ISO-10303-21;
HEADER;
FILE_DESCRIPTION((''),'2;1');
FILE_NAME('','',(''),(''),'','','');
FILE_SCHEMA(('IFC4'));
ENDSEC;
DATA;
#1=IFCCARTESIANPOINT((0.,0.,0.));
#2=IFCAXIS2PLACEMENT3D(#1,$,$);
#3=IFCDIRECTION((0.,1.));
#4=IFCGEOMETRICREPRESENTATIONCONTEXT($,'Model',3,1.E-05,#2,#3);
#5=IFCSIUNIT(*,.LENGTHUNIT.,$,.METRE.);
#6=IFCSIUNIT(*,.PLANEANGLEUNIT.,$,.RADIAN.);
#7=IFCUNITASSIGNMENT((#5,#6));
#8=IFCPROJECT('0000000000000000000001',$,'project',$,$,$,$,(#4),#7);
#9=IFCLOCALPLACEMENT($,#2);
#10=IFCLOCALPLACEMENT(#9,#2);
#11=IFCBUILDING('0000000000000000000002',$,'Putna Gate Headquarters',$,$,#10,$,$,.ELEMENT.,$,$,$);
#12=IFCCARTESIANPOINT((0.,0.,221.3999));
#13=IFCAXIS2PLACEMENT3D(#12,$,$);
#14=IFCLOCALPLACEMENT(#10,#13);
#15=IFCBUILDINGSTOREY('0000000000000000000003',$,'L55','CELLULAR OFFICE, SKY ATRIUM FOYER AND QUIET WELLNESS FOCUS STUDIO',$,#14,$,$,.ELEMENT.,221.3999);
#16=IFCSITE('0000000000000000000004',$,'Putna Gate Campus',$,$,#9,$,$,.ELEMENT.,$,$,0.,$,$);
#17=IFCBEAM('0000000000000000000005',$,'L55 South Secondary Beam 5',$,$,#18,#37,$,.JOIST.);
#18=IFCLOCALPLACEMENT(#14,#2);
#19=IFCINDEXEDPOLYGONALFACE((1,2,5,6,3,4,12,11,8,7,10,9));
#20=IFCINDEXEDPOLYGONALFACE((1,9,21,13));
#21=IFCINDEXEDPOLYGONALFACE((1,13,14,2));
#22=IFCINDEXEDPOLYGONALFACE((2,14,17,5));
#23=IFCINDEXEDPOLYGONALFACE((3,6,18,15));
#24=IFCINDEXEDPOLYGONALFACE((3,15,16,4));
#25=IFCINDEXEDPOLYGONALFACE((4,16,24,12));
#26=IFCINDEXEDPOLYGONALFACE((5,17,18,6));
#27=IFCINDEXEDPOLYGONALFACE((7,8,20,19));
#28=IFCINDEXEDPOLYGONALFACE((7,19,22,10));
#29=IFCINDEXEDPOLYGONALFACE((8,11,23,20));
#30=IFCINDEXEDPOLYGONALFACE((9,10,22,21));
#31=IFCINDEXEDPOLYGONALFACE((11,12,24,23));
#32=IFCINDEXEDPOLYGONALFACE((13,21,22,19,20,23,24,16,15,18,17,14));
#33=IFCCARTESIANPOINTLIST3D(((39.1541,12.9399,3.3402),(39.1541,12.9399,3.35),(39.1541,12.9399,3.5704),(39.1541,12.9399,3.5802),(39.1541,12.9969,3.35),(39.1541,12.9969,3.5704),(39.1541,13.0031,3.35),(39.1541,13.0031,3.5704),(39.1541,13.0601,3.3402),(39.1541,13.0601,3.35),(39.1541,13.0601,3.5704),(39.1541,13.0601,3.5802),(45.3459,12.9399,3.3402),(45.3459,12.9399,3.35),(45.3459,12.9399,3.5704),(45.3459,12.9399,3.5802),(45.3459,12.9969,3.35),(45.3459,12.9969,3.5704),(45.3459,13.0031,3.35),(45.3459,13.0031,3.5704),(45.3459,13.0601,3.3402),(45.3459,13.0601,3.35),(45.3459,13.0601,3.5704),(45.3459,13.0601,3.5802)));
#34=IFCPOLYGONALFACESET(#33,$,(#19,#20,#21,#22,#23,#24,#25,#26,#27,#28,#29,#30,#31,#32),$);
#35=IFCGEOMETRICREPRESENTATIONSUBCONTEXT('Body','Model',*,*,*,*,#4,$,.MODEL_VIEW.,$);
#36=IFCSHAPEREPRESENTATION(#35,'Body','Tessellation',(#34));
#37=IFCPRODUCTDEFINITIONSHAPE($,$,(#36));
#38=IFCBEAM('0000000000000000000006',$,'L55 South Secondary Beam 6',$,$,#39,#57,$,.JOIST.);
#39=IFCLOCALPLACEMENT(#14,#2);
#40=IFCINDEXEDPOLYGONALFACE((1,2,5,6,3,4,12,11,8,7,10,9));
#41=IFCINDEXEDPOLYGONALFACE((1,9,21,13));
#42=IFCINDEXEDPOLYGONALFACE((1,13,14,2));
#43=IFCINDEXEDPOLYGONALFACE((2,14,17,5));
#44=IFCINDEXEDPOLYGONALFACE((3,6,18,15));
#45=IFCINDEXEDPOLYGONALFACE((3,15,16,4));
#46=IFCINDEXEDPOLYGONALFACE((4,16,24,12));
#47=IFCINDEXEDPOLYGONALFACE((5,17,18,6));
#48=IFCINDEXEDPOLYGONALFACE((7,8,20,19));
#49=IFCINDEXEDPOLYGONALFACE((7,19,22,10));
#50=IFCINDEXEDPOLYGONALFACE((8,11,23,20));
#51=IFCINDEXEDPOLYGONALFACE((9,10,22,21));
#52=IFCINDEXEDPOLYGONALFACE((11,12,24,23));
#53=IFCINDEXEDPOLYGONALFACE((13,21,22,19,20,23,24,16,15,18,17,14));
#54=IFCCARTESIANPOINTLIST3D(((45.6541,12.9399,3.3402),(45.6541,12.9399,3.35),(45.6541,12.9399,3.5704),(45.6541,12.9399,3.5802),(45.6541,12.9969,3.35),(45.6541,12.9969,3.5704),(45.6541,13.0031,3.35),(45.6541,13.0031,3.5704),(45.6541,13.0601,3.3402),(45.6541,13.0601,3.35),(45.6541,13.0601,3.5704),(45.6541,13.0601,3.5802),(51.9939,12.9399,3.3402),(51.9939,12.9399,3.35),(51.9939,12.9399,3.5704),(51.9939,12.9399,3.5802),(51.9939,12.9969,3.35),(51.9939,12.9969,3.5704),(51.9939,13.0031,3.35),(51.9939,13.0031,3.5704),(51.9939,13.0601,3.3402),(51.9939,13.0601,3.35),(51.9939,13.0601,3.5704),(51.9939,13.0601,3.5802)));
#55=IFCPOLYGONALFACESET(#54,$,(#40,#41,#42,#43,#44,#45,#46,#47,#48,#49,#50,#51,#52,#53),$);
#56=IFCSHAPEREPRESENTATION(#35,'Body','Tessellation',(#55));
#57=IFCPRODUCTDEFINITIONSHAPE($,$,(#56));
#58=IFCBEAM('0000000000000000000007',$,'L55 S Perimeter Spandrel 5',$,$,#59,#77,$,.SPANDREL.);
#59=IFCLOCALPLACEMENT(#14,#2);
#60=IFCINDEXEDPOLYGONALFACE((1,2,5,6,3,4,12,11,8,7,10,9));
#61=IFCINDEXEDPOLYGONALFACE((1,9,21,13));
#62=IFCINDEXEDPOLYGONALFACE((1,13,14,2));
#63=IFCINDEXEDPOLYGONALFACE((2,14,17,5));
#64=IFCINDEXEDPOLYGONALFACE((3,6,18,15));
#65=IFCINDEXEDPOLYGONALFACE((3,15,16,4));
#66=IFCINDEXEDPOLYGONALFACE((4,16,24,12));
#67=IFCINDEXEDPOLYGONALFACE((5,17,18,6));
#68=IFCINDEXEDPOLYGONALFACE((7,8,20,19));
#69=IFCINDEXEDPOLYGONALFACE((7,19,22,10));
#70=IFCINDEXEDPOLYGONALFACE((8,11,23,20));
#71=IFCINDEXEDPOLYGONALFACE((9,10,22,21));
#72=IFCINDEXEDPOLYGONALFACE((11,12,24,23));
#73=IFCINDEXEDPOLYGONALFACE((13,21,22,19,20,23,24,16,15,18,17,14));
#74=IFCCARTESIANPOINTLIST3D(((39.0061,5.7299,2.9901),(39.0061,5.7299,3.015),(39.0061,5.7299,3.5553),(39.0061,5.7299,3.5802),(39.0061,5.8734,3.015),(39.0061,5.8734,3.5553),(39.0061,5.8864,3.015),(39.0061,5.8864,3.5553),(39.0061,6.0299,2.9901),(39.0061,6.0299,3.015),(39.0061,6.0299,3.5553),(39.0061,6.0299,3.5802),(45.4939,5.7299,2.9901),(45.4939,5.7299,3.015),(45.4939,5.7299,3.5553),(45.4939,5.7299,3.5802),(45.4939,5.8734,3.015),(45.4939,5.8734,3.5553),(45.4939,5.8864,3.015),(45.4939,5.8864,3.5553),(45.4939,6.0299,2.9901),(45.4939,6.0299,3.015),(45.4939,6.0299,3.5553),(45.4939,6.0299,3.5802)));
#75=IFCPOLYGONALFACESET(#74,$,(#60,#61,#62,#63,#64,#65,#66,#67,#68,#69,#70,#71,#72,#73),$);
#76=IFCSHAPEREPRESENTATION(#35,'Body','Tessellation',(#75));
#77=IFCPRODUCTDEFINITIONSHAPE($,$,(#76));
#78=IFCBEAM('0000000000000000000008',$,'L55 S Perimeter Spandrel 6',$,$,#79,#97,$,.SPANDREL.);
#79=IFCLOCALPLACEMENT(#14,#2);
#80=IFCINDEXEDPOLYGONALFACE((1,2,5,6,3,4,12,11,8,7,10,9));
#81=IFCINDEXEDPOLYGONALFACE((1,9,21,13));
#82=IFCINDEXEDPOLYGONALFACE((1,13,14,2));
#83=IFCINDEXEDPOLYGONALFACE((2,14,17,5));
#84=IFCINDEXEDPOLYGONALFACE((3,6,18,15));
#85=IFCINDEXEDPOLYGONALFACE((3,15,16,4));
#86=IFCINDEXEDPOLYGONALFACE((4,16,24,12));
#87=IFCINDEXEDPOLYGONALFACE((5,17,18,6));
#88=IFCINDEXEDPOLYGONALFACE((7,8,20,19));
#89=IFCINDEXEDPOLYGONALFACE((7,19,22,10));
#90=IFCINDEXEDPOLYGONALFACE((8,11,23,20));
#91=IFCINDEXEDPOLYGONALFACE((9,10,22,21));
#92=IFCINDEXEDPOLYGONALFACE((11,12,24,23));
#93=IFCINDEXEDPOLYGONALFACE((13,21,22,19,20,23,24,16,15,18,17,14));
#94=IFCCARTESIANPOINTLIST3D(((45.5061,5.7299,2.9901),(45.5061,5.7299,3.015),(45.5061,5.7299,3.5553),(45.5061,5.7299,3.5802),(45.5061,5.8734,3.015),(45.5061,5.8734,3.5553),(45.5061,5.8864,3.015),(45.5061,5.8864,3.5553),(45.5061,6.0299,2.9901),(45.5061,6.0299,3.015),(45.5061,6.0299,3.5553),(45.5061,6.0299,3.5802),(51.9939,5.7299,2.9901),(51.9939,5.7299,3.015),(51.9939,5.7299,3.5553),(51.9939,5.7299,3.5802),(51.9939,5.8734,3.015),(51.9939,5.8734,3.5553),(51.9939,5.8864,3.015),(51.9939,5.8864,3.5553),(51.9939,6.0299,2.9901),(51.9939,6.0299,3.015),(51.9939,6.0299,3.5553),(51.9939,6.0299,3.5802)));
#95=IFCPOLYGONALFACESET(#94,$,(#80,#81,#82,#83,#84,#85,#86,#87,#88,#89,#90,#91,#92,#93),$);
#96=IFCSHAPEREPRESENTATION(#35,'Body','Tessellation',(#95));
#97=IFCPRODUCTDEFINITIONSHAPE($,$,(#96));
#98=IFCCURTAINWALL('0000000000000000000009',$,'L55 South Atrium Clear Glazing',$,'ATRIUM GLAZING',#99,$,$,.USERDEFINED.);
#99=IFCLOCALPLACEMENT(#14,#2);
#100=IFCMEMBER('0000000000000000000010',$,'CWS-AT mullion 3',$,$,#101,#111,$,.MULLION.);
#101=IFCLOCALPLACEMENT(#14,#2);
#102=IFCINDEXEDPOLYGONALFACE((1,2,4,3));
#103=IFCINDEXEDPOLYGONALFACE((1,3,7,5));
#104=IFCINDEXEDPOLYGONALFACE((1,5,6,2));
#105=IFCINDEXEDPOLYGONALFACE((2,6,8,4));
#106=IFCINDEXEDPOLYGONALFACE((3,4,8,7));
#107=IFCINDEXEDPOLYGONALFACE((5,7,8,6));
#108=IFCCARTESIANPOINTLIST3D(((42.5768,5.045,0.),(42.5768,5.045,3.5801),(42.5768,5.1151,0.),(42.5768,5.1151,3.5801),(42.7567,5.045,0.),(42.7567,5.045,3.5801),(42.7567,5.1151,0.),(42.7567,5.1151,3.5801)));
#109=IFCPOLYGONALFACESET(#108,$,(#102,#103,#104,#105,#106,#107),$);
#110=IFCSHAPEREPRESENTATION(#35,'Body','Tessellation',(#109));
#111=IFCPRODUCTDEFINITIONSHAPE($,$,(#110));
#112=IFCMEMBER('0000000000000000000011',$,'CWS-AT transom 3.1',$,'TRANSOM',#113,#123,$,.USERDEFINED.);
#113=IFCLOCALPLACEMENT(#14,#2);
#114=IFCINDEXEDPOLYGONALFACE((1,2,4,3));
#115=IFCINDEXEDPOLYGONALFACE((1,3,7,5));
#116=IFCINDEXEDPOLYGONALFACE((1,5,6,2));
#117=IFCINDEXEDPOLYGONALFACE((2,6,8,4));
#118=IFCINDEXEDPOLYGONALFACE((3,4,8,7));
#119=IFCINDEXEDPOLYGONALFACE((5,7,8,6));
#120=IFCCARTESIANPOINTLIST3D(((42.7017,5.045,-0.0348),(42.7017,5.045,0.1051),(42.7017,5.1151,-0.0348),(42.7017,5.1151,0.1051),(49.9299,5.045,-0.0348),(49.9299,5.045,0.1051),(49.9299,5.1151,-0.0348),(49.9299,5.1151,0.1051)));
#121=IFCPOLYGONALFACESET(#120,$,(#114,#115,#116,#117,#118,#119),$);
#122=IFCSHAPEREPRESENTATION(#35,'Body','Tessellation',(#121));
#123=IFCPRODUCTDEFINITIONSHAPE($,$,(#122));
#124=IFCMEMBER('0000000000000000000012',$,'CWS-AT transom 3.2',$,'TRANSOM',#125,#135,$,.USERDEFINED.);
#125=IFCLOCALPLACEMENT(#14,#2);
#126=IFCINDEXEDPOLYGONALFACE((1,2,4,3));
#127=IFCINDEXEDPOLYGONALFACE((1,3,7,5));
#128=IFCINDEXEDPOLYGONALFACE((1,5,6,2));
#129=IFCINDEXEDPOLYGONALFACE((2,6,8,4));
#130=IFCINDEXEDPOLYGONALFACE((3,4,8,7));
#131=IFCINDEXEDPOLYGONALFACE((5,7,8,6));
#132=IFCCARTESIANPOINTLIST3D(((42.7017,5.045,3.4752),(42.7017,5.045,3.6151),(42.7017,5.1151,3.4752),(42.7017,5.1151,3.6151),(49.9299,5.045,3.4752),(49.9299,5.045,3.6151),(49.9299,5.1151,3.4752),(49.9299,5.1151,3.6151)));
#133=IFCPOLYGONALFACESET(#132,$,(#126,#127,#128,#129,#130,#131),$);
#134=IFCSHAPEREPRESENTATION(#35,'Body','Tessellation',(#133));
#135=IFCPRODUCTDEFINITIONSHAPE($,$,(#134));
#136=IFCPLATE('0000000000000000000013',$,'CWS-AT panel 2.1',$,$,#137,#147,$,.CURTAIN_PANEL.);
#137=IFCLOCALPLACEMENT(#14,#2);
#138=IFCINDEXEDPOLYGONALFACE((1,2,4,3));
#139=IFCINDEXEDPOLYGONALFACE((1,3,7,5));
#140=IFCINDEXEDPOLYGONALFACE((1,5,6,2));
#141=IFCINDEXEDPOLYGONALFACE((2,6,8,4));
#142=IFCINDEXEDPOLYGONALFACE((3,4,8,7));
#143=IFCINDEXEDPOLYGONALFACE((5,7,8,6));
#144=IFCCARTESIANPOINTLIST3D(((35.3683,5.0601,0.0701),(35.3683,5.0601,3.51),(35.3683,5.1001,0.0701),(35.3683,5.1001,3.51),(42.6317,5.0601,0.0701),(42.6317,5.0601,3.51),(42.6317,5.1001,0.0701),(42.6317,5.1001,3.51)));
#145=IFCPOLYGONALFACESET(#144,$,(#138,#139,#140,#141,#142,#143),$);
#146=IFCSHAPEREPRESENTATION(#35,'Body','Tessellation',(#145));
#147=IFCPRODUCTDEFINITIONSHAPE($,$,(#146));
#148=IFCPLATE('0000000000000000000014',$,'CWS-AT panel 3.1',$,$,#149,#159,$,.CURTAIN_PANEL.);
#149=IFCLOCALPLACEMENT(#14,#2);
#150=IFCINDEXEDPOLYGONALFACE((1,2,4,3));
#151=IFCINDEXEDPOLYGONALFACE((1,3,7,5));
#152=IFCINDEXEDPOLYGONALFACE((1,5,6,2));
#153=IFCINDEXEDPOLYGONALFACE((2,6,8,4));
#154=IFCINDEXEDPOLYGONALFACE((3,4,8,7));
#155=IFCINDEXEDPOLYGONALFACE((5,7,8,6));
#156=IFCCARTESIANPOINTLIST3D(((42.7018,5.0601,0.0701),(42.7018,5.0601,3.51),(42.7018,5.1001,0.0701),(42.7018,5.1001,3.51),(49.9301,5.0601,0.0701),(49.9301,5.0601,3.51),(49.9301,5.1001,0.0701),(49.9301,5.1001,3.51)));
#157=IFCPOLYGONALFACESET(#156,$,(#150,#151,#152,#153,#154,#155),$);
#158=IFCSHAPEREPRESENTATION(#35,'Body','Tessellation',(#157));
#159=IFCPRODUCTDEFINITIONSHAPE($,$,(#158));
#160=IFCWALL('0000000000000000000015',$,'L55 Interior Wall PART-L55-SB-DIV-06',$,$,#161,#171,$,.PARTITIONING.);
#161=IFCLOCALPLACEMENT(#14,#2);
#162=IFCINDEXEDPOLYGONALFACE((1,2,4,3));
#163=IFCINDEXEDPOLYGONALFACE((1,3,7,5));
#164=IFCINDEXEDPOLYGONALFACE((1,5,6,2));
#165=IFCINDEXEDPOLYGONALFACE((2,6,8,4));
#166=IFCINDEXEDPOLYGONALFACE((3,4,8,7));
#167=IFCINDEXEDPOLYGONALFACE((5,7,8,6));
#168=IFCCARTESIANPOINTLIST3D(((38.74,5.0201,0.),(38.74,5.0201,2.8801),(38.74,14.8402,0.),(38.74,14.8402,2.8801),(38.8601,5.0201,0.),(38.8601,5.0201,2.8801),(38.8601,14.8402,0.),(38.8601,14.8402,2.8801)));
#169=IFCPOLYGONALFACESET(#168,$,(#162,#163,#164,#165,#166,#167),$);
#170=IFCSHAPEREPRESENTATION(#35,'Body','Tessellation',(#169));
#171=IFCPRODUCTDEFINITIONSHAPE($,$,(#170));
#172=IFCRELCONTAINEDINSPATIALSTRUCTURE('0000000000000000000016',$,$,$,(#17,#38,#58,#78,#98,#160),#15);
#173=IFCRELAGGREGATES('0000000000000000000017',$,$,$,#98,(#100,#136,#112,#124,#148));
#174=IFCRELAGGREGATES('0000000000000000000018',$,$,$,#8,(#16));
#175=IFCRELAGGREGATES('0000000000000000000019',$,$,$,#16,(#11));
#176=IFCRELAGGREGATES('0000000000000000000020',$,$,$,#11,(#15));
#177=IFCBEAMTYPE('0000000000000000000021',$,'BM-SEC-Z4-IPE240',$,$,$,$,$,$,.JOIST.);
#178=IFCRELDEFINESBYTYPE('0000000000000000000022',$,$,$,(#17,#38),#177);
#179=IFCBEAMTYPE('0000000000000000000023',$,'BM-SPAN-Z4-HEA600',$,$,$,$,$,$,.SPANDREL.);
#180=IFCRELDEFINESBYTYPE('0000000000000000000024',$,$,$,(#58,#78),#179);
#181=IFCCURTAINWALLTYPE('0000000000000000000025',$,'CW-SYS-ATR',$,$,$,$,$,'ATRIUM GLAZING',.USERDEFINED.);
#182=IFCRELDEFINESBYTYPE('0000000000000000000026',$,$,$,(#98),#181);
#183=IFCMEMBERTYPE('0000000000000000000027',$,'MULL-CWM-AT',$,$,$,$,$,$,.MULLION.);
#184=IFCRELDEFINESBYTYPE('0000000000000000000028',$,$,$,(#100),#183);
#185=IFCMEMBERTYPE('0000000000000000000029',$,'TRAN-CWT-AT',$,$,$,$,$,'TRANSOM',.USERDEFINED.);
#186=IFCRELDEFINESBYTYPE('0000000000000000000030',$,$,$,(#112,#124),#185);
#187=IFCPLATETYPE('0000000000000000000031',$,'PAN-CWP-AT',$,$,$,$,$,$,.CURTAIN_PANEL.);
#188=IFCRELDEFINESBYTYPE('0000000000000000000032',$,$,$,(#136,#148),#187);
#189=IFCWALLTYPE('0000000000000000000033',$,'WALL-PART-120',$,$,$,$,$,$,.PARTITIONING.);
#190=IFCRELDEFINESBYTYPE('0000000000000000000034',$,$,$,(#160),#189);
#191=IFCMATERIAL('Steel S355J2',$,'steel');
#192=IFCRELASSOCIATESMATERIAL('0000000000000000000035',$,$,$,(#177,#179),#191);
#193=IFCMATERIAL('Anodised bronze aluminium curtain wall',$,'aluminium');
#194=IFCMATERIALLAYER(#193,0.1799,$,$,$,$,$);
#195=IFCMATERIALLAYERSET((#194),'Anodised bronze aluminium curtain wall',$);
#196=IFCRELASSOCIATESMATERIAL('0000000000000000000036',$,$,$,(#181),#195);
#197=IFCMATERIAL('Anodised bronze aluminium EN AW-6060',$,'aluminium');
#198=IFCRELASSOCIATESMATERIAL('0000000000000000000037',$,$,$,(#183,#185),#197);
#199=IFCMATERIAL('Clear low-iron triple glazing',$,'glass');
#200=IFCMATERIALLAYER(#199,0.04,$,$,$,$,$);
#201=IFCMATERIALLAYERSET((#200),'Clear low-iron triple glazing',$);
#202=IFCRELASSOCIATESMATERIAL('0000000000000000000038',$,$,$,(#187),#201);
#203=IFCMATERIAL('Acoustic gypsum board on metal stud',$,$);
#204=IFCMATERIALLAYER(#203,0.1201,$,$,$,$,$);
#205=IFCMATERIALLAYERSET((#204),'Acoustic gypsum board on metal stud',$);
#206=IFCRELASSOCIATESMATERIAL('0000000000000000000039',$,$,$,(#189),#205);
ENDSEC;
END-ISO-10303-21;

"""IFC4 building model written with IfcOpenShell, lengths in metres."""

from ifc_helpers import new_model, si_unit, direction, frame, frame_2d, origin, origin_2d, place, context, subcontext, project, spatial, rectangle, i_section, extrude, material, layer, layer_set, material_profile, profile_set, type_object, element, aggregate, save


model = new_model("IFC4")

# Units and contexts
model_context = context("Model", 3, precision=1e-05, world=origin(), true_north=direction((0.0, 1.0)))
body_context = subcontext(model_context, "Body", "Model", "MODEL_VIEW")
ifc_project = project(units=[si_unit("LENGTHUNIT", "METRE"), si_unit("PLANEANGLEUNIT", "RADIAN")], contexts=[model_context])

# Site, building, storey
site_placement = place(None, origin())
site = spatial("IfcSite", under=ifc_project, at=site_placement, Name="Putna Gate Campus", CompositionType="ELEMENT", RefElevation=0.0)
building_placement = place(site_placement, origin())
building = spatial("IfcBuilding", under=site, at=building_placement, Name="Putna Gate Headquarters", CompositionType="ELEMENT")
storey_placement = place(building_placement, frame((0.0, 0.0, 221.3999)))
storey = spatial("IfcBuildingStorey", under=building, at=storey_placement, Name="L55", Description="CELLULAR OFFICE, SKY ATRIUM FOYER AND QUIET WELLNESS FOCUS STUDIO", CompositionType="ELEMENT", Elevation=221.3999)

# Beams
ifc_material_1 = material(Name="Steel S355J2", Category="steel")
ifc_material_profile_1 = material_profile(ifc_material_1, i_section(OverallWidth=0.1201, OverallDepth=0.24, WebThickness=0.0061, FlangeThickness=0.0098, at=origin_2d()), Name="Steel S355J2")
ifc_profile_set_1 = profile_set([ifc_material_profile_1], Name="Steel S355J2")
beam_type_1 = type_object("IfcBeamType", Name="BM-SEC-Z4-IPE240", PredefinedType="JOIST", material=ifc_profile_set_1)
beam_1_placement = place(storey_placement, frame((39.1541, 13.0, 3.4602), z_axis=(1.0, 0.0, 0.0), x_axis=(0.0, 1.0, 0.0)))
element("IfcBeam", 1, at=beam_1_placement, inside=storey, type_object=beam_type_1, Name="L55 South Secondary Beam 5", PredefinedType="JOIST", context=body_context, shape_type="SweptSolid", body=[
    extrude(i_section(OverallWidth=0.1201, OverallDepth=0.24, WebThickness=0.0061, FlangeThickness=0.0098, at=origin_2d()), origin(), (0.0, 0.0, 1.0), 6.1919),
])
beam_2_placement = place(storey_placement, frame((45.6541, 13.0, 3.4602), z_axis=(1.0, 0.0, 0.0), x_axis=(0.0, 1.0, 0.0)))
element("IfcBeam", 2, at=beam_2_placement, inside=storey, type_object=beam_type_1, Name="L55 South Secondary Beam 6", PredefinedType="JOIST", context=body_context, shape_type="SweptSolid", body=[
    extrude(i_section(OverallWidth=0.1201, OverallDepth=0.24, WebThickness=0.0061, FlangeThickness=0.0098, at=origin_2d()), origin(), (0.0, 0.0, 1.0), 6.3398),
])
ifc_material_profile_2 = material_profile(ifc_material_1, i_section(OverallWidth=0.3, OverallDepth=0.5901, WebThickness=0.0129, FlangeThickness=0.0249, at=origin_2d()), Name="Steel S355J2")
ifc_profile_set_2 = profile_set([ifc_material_profile_2], Name="Steel S355J2")
beam_type_2 = type_object("IfcBeamType", Name="BM-SPAN-Z4-HEA600", PredefinedType="SPANDREL", material=ifc_profile_set_2)
for number, where, z_axis, x_axis, name in (
    (3, (39.0061, 5.8799, 3.2852), (1.0, 0.0, 0.0), (0.0, 1.0, 0.0), "L55 S Perimeter Spandrel 5"),
    (4, (45.5061, 5.8799, 3.2852), (1.0, 0.0, 0.0), (0.0, 1.0, 0.0), "L55 S Perimeter Spandrel 6"),
):
    element("IfcBeam", number, at=place(storey_placement, frame(where, z_axis=z_axis, x_axis=x_axis)), inside=storey, type_object=beam_type_2, Name=name, PredefinedType="SPANDREL", context=body_context, shape_type="SweptSolid", body=[
        extrude(i_section(OverallWidth=0.3, OverallDepth=0.5901, WebThickness=0.0129, FlangeThickness=0.0249, at=origin_2d()), origin(), (0.0, 0.0, 1.0), 6.4878),
    ])

# Curtain wall, members, plates
ifc_material_2 = material(Name="Anodised bronze aluminium curtain wall", Category="aluminium")
ifc_layer_1 = layer(ifc_material_2, 0.1799)
ifc_layer_set_1 = layer_set([ifc_layer_1], Name="Anodised bronze aluminium curtain wall")
curtain_wall_type = type_object("IfcCurtainWallType", Name="CW-SYS-ATR", ElementType="ATRIUM GLAZING", PredefinedType="USERDEFINED", material=ifc_layer_set_1)
curtain_wall_placement = place(storey_placement, origin())
curtain_wall = element("IfcCurtainWall", 5, at=curtain_wall_placement, inside=storey, type_object=curtain_wall_type, Name="L55 South Atrium Clear Glazing", ObjectType="ATRIUM GLAZING", PredefinedType="USERDEFINED")
ifc_material_3 = material(Name="Anodised bronze aluminium EN AW-6060", Category="aluminium")
ifc_material_profile_3 = material_profile(ifc_material_3, rectangle(XDim=0.0701, YDim=0.1799, at=origin_2d()), Name="Anodised bronze aluminium EN AW-6060")
ifc_profile_set_3 = profile_set([ifc_material_profile_3], Name="Anodised bronze aluminium EN AW-6060")
member_type_1 = type_object("IfcMemberType", Name="MULL-CWM-AT", PredefinedType="MULLION", material=ifc_profile_set_3)
member_1_placement = place(storey_placement, frame((42.6667, 5.0801, 0.0), z_axis=(0.0, 0.0, 1.0), x_axis=(0.0, 1.0, 0.0)))
member_1 = element("IfcMember", 6, at=member_1_placement, type_object=member_type_1, Name="CWS-AT mullion 3", PredefinedType="MULLION", context=body_context, shape_type="SweptSolid", body=[
    extrude(rectangle(XDim=0.0701, YDim=0.1799, at=origin_2d()), origin(), (0.0, 0.0, 1.0), 3.5801),
])
ifc_material_profile_4 = material_profile(ifc_material_3, rectangle(XDim=0.0701, YDim=0.1399, at=origin_2d()), Name="Anodised bronze aluminium EN AW-6060")
ifc_profile_set_4 = profile_set([ifc_material_profile_4], Name="Anodised bronze aluminium EN AW-6060")
member_type_2 = type_object("IfcMemberType", Name="TRAN-CWT-AT", ElementType="TRANSOM", PredefinedType="USERDEFINED", material=ifc_profile_set_4)
member_2_placement = place(storey_placement, frame((42.7017, 5.0801, 0.0352), z_axis=(1.0, 0.0, 0.0), x_axis=(0.0, 1.0, 0.0)))
member_2 = element("IfcMember", 7, at=member_2_placement, type_object=member_type_2, Name="CWS-AT transom 3.1", ObjectType="TRANSOM", PredefinedType="USERDEFINED", context=body_context, shape_type="SweptSolid", body=[
    extrude(rectangle(XDim=0.0701, YDim=0.1399, at=origin_2d()), origin(), (0.0, 0.0, 1.0), 7.2283),
])
member_3_placement = place(storey_placement, frame((42.7017, 5.0801, 3.5452), z_axis=(1.0, 0.0, 0.0), x_axis=(0.0, 1.0, 0.0)))
member_3 = element("IfcMember", 8, at=member_3_placement, type_object=member_type_2, Name="CWS-AT transom 3.2", ObjectType="TRANSOM", PredefinedType="USERDEFINED", context=body_context, shape_type="SweptSolid", body=[
    extrude(rectangle(XDim=0.0701, YDim=0.1399, at=origin_2d()), origin(), (0.0, 0.0, 1.0), 7.2283),
])
ifc_material_4 = material(Name="Clear low-iron triple glazing", Category="glass")
ifc_layer_2 = layer(ifc_material_4, 0.04)
ifc_layer_set_2 = layer_set([ifc_layer_2], Name="Clear low-iron triple glazing")
plate_type = type_object("IfcPlateType", Name="PAN-CWP-AT", PredefinedType="CURTAIN_PANEL", material=ifc_layer_set_2)
plate_1_placement = place(storey_placement, frame((39.0, 5.0801, 0.0701), z_axis=(0.0, 0.0, 1.0), x_axis=(1.0, 0.0, 0.0)))
plate_1 = element("IfcPlate", 9, at=plate_1_placement, type_object=plate_type, Name="CWS-AT panel 2.1", PredefinedType="CURTAIN_PANEL", context=body_context, shape_type="SweptSolid", body=[
    extrude(rectangle(XDim=7.2634, YDim=0.04, at=origin_2d()), origin(), (0.0, 0.0, 1.0), 3.4399),
])
plate_2_placement = place(storey_placement, frame((46.3159, 5.0801, 0.0701), z_axis=(0.0, 0.0, 1.0), x_axis=(1.0, 0.0, 0.0)))
plate_2 = element("IfcPlate", 10, at=plate_2_placement, type_object=plate_type, Name="CWS-AT panel 3.1", PredefinedType="CURTAIN_PANEL", context=body_context, shape_type="SweptSolid", body=[
    extrude(rectangle(XDim=7.2283, YDim=0.04, at=origin_2d()), origin(), (0.0, 0.0, 1.0), 3.4399),
])
aggregate(curtain_wall, [member_1, plate_1, member_2, member_3, plate_2])

# Wall
ifc_material_5 = material(Name="Acoustic gypsum board on metal stud")
ifc_layer_3 = layer(ifc_material_5, 0.1201)
ifc_layer_set_3 = layer_set([ifc_layer_3], Name="Acoustic gypsum board on metal stud")
wall_type_1 = type_object("IfcWallType", Name="WALL-PART-120", PredefinedType="PARTITIONING", material=ifc_layer_set_3)
wall_1_placement = place(storey_placement, frame((38.8, 5.02, 0.0), z_axis=(0.0, 0.0, 1.0), x_axis=(0.0, 1.0, 0.0)))
element("IfcWall", 11, at=wall_1_placement, inside=storey, type_object=wall_type_1, Name="L55 Interior Wall PART-L55-SB-DIV-06", PredefinedType="PARTITIONING", context=body_context, shape_type="SweptSolid", body=[
    extrude(rectangle(XDim=9.8201, YDim=0.1201, at=frame_2d((4.9102, 0.0))), origin(), (0.0, 0.0, 1.0), 2.8801),
])

save(model, "model.ifc")
